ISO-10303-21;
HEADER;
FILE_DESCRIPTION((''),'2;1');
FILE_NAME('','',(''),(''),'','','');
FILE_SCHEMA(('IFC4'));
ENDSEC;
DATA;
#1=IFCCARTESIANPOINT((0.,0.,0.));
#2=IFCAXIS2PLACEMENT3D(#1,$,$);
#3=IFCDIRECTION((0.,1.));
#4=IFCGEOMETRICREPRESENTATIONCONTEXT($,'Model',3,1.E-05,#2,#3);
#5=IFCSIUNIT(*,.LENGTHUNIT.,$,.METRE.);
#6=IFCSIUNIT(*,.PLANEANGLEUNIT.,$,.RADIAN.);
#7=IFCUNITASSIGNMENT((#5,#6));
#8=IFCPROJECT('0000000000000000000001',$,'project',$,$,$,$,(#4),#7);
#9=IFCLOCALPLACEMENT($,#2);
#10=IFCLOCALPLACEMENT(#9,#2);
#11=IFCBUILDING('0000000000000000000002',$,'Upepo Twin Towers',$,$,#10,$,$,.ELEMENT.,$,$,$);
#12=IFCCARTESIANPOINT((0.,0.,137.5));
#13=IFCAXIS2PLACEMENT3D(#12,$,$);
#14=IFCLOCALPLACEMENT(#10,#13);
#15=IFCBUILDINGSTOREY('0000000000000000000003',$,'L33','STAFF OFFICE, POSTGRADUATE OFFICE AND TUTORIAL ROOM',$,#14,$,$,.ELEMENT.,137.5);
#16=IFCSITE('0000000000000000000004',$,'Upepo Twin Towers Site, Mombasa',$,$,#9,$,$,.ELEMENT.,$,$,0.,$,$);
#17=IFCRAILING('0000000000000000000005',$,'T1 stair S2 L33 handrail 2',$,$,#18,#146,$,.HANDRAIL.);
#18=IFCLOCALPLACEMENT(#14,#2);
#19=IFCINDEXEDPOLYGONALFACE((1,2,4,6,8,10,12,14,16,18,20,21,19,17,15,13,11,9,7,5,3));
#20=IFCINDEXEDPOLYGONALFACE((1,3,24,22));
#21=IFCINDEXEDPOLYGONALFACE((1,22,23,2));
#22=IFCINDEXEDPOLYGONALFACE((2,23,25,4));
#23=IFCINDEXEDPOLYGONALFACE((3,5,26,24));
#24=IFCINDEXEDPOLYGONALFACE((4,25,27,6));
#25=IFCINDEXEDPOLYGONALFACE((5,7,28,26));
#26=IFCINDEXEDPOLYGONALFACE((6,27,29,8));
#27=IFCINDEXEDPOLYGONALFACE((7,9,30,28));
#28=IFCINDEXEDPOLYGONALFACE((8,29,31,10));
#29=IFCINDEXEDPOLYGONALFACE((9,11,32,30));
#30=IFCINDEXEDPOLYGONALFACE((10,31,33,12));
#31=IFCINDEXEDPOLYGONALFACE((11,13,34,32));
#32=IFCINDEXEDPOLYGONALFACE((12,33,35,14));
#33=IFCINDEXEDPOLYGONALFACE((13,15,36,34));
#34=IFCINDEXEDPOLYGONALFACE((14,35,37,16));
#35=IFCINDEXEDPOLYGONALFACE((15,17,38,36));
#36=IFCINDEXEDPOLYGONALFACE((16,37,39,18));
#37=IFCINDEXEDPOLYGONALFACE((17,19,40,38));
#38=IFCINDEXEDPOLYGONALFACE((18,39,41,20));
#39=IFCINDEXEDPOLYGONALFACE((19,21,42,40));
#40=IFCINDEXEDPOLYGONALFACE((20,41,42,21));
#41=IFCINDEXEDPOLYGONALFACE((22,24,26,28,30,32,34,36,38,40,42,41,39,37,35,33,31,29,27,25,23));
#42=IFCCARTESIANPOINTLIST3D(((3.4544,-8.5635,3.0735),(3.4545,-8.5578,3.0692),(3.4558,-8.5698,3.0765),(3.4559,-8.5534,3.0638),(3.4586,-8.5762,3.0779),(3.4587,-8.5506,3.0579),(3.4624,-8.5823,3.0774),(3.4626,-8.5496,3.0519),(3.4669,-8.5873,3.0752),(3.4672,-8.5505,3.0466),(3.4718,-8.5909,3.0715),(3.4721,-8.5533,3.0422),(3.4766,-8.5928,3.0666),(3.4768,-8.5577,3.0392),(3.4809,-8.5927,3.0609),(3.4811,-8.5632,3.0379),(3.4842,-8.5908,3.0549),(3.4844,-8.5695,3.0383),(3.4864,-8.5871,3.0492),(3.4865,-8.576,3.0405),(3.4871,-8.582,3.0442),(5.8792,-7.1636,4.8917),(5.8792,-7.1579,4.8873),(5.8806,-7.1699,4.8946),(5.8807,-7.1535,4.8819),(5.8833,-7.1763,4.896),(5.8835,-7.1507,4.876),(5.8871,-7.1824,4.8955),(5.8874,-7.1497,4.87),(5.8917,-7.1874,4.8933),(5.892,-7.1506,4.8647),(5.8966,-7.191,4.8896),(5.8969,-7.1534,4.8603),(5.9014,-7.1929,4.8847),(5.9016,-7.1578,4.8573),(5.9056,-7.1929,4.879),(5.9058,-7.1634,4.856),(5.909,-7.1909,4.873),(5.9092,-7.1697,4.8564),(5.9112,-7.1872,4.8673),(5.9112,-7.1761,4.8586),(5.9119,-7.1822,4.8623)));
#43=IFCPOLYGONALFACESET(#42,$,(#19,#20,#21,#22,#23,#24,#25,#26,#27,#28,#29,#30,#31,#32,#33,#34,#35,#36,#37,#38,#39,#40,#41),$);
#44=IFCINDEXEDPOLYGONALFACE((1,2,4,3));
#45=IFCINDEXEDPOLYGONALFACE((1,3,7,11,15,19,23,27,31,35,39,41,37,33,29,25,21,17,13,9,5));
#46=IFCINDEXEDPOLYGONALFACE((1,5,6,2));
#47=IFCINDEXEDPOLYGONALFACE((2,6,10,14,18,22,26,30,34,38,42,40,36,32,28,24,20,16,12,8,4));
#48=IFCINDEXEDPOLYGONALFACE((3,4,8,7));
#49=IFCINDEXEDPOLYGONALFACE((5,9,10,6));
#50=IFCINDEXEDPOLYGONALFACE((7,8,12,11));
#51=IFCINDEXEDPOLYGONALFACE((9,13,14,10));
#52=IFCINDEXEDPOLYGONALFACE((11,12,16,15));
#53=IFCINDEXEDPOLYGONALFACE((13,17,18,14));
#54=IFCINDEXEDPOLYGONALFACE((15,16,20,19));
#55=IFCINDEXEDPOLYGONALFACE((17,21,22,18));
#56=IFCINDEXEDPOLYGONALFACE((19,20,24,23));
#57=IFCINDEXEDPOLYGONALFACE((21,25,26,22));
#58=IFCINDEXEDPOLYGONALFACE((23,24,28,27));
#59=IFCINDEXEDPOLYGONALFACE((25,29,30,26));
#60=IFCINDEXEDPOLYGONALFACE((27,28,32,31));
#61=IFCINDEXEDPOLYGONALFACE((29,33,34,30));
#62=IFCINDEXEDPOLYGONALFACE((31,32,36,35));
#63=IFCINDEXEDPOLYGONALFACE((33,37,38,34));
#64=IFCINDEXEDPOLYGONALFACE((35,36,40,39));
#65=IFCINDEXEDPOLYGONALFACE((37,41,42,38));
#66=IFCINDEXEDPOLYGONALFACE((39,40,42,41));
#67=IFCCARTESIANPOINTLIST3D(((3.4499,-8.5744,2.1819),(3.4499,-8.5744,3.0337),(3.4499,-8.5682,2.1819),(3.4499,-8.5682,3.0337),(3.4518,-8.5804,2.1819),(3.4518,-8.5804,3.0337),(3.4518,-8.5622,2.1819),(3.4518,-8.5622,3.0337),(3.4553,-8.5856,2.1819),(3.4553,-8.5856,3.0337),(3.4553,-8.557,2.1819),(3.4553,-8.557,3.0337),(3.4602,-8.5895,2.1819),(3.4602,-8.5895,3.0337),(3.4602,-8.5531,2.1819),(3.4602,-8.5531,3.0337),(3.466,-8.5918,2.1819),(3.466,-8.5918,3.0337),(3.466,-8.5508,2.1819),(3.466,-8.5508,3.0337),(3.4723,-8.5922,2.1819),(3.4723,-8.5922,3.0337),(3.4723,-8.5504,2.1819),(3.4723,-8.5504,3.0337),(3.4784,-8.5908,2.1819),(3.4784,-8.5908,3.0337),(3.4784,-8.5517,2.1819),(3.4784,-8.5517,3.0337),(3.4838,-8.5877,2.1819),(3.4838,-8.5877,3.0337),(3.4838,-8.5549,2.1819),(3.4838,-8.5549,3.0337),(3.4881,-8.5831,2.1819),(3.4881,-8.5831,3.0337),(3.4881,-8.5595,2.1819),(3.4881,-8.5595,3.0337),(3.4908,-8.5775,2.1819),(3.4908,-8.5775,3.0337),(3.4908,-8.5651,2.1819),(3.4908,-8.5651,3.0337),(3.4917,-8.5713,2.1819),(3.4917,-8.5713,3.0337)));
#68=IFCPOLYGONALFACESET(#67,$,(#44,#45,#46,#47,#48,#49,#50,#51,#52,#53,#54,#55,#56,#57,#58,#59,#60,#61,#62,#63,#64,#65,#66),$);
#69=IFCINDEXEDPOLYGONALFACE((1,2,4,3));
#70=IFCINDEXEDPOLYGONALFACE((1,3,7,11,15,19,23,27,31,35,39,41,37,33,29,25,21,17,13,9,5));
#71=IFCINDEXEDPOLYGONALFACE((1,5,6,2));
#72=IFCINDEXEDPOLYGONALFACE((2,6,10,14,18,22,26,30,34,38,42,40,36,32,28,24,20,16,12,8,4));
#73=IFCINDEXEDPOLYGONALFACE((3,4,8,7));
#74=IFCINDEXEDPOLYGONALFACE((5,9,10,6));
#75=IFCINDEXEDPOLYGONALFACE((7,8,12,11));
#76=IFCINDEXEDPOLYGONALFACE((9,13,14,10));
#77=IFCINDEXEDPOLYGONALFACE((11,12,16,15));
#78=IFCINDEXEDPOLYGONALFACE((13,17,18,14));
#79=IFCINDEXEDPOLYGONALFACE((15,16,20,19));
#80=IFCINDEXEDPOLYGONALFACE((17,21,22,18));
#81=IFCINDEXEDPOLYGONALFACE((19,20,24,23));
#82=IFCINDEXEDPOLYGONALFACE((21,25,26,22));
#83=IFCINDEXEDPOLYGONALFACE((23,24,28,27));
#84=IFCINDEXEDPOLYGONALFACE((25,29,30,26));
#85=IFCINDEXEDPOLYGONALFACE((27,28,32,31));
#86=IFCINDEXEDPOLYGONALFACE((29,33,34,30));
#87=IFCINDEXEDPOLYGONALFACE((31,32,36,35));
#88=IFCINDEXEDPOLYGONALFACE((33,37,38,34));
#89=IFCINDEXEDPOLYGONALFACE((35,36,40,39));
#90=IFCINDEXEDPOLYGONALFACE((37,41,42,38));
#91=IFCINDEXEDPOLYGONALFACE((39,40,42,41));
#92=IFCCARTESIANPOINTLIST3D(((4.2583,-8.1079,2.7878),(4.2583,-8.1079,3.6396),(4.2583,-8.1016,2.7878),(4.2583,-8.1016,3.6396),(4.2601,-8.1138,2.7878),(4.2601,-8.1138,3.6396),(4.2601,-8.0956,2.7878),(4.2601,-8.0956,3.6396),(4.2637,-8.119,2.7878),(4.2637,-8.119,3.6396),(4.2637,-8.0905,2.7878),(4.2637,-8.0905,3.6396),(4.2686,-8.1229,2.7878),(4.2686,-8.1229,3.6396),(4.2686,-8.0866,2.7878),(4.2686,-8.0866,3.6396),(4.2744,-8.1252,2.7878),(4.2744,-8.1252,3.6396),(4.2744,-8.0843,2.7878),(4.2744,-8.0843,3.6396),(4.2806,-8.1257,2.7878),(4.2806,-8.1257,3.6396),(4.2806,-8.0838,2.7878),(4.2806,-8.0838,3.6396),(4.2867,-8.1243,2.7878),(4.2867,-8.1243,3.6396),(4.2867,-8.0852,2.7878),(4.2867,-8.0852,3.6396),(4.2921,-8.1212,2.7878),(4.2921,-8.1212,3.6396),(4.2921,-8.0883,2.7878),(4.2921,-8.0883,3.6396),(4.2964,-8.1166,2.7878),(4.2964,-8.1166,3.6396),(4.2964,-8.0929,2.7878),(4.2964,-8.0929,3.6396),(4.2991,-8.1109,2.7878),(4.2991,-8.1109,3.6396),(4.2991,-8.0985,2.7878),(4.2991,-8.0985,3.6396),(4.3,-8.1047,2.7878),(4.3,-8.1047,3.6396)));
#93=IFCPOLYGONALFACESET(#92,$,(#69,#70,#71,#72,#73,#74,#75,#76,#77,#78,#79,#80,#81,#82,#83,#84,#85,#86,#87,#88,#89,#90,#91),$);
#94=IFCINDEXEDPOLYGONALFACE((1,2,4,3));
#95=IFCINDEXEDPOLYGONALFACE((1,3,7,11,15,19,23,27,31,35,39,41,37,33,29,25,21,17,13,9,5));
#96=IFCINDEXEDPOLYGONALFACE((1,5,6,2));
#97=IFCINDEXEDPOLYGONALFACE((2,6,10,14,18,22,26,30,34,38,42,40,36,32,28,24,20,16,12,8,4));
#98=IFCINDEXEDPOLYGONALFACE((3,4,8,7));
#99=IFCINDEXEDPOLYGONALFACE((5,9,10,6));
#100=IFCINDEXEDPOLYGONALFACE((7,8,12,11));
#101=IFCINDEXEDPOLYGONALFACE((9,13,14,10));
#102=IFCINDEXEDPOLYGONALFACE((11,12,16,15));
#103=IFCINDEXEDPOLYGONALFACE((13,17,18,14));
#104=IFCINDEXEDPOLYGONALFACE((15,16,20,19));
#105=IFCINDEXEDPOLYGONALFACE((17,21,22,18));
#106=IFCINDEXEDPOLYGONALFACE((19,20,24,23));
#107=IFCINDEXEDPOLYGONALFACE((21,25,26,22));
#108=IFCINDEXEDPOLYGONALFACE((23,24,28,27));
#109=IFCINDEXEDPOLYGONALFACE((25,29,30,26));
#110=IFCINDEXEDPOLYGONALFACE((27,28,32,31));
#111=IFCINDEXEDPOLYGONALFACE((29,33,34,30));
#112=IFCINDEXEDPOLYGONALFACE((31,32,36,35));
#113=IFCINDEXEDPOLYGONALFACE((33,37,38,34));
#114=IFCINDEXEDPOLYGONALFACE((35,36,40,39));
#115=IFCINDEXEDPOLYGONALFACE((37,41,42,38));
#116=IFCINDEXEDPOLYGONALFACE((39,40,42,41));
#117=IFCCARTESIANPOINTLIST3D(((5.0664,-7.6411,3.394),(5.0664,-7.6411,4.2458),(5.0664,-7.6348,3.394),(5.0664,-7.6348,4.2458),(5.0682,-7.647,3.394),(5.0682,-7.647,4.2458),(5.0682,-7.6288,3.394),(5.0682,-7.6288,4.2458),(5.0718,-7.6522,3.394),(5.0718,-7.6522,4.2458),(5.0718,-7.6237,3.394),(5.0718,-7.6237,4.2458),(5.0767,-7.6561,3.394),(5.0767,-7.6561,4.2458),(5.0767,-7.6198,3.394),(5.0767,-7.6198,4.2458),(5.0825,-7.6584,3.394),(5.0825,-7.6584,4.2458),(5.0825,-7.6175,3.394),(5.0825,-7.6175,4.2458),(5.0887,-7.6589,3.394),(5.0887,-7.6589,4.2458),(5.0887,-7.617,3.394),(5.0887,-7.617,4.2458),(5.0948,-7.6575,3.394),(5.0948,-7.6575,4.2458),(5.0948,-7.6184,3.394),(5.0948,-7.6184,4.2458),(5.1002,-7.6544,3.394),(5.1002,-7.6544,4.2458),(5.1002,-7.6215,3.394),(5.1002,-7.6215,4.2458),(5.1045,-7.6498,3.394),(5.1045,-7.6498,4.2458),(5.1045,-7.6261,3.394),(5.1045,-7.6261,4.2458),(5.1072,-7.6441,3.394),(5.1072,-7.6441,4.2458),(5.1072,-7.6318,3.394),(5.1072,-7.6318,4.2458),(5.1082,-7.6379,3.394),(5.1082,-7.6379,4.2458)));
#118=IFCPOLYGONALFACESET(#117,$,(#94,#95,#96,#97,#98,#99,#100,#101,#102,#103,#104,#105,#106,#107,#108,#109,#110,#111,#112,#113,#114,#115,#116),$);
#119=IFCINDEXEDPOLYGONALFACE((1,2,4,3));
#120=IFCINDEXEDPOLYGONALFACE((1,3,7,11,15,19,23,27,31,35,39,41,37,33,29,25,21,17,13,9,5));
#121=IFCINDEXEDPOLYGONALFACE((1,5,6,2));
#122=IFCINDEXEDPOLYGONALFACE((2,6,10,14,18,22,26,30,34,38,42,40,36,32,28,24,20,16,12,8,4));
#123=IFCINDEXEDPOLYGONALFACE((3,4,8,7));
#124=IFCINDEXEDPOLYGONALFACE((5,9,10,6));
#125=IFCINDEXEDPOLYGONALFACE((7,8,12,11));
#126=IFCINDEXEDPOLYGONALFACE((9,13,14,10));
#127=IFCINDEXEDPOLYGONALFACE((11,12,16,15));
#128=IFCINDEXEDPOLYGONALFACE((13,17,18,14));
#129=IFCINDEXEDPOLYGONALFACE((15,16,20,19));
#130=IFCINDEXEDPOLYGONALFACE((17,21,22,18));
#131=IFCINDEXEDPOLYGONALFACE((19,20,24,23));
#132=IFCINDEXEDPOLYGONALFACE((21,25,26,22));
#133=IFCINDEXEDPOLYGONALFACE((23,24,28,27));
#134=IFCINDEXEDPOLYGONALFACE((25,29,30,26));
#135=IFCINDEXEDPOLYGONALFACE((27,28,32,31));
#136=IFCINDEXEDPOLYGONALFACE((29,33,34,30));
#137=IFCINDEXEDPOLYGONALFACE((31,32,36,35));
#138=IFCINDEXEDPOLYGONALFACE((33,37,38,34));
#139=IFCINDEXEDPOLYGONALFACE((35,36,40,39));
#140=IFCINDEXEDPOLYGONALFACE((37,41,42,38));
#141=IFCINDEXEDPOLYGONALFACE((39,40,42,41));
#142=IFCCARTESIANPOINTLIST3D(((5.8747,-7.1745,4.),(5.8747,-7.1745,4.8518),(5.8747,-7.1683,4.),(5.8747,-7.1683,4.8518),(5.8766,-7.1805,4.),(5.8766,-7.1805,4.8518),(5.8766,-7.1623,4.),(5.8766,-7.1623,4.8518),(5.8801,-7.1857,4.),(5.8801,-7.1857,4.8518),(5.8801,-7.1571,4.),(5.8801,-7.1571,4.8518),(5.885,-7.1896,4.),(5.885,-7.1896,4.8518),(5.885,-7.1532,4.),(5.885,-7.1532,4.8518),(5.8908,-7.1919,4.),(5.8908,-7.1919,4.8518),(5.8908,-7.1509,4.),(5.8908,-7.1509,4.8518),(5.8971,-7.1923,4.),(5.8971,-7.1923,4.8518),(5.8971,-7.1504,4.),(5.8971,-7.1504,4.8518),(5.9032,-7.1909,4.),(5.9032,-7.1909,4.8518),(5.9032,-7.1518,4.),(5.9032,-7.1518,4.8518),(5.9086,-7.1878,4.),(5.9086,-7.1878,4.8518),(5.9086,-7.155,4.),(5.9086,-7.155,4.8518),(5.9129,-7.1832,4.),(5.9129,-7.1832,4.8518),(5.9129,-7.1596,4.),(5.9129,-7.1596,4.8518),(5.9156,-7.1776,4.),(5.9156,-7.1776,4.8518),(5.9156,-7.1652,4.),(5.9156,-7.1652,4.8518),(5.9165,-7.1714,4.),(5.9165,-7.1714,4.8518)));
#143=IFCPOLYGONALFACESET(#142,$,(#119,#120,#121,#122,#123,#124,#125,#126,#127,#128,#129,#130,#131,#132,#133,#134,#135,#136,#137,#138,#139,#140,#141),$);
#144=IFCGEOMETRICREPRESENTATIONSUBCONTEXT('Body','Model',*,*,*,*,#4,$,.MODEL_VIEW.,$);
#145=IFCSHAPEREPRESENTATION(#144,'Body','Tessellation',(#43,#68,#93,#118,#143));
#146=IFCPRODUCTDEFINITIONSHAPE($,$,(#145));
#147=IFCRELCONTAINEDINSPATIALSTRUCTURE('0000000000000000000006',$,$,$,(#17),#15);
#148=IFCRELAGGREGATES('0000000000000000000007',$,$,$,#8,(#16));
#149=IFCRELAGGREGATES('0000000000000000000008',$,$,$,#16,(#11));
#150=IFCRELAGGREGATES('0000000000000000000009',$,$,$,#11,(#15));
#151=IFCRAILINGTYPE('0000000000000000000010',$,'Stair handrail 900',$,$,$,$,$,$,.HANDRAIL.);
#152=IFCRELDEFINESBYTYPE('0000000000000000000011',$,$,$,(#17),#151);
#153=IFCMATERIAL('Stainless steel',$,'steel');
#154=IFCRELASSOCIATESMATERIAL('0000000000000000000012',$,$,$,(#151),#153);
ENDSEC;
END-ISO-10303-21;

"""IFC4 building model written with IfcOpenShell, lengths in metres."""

from ifc_helpers import new_model, si_unit, direction, frame, origin, origin_2d, place, context, subcontext, project, spatial, circle, extrude, material, type_object, element, save


model = new_model("IFC4")

# Units and contexts
model_context = context("Model", 3, precision=1e-05, world=origin(), true_north=direction((0.0, 1.0)))
body_context = subcontext(model_context, "Body", "Model", "MODEL_VIEW")
ifc_project = project(units=[si_unit("LENGTHUNIT", "METRE"), si_unit("PLANEANGLEUNIT", "RADIAN")], contexts=[model_context])

# Site, building, storey
site_placement = place(None, origin())
site = spatial("IfcSite", under=ifc_project, at=site_placement, Name="Upepo Twin Towers Site, Mombasa", CompositionType="ELEMENT", RefElevation=0.0)
building_placement = place(site_placement, origin())
building = spatial("IfcBuilding", under=site, at=building_placement, Name="Upepo Twin Towers", CompositionType="ELEMENT")
storey_placement = place(building_placement, frame((0.0, 0.0, 137.5)))
storey = spatial("IfcBuildingStorey", under=building, at=storey_placement, Name="L33", Description="STAFF OFFICE, POSTGRADUATE OFFICE AND TUTORIAL ROOM", CompositionType="ELEMENT", Elevation=137.5)

# Railing
ifc_material_1 = material(Name="Stainless steel", Category="steel")
railing_type = type_object("IfcRailingType", Name="Stair handrail 900", PredefinedType="HANDRAIL", material=ifc_material_1)
railing_1_placement = place(storey_placement, frame((3.4707, -8.5713, 2.1819)))
element("IfcRailing", 1, at=railing_1_placement, inside=storey, type_object=railing_type, Name="T1 stair S2 L33 handrail 2", PredefinedType="HANDRAIL", context=body_context, shape_type="SweptSolid", body=[
    extrude(circle(Radius=0.0239, at=origin_2d()), frame((0.0, 0.0, 0.876), z_axis=(0.726336, 0.419333, 0.544606), x_axis=(-0.499984, 0.866035, 0.0)), (0.0, 0.0, 1.0), 3.3384),
    extrude(circle(Radius=0.021, at=origin_2d()), origin(), (0.0, 0.0, 1.0), 0.8518),
    extrude(circle(Radius=0.021, at=origin_2d()), frame((0.8083, 0.4666, 0.606)), (0.0, 0.0, 1.0), 0.8518),
    extrude(circle(Radius=0.021, at=origin_2d()), frame((1.6165, 0.9333, 1.2122)), (0.0, 0.0, 1.0), 0.8518),
    extrude(circle(Radius=0.021, at=origin_2d()), frame((2.4248, 1.3999, 1.8181)), (0.0, 0.0, 1.0), 0.8518),
])

save(model, "model.ifc")
